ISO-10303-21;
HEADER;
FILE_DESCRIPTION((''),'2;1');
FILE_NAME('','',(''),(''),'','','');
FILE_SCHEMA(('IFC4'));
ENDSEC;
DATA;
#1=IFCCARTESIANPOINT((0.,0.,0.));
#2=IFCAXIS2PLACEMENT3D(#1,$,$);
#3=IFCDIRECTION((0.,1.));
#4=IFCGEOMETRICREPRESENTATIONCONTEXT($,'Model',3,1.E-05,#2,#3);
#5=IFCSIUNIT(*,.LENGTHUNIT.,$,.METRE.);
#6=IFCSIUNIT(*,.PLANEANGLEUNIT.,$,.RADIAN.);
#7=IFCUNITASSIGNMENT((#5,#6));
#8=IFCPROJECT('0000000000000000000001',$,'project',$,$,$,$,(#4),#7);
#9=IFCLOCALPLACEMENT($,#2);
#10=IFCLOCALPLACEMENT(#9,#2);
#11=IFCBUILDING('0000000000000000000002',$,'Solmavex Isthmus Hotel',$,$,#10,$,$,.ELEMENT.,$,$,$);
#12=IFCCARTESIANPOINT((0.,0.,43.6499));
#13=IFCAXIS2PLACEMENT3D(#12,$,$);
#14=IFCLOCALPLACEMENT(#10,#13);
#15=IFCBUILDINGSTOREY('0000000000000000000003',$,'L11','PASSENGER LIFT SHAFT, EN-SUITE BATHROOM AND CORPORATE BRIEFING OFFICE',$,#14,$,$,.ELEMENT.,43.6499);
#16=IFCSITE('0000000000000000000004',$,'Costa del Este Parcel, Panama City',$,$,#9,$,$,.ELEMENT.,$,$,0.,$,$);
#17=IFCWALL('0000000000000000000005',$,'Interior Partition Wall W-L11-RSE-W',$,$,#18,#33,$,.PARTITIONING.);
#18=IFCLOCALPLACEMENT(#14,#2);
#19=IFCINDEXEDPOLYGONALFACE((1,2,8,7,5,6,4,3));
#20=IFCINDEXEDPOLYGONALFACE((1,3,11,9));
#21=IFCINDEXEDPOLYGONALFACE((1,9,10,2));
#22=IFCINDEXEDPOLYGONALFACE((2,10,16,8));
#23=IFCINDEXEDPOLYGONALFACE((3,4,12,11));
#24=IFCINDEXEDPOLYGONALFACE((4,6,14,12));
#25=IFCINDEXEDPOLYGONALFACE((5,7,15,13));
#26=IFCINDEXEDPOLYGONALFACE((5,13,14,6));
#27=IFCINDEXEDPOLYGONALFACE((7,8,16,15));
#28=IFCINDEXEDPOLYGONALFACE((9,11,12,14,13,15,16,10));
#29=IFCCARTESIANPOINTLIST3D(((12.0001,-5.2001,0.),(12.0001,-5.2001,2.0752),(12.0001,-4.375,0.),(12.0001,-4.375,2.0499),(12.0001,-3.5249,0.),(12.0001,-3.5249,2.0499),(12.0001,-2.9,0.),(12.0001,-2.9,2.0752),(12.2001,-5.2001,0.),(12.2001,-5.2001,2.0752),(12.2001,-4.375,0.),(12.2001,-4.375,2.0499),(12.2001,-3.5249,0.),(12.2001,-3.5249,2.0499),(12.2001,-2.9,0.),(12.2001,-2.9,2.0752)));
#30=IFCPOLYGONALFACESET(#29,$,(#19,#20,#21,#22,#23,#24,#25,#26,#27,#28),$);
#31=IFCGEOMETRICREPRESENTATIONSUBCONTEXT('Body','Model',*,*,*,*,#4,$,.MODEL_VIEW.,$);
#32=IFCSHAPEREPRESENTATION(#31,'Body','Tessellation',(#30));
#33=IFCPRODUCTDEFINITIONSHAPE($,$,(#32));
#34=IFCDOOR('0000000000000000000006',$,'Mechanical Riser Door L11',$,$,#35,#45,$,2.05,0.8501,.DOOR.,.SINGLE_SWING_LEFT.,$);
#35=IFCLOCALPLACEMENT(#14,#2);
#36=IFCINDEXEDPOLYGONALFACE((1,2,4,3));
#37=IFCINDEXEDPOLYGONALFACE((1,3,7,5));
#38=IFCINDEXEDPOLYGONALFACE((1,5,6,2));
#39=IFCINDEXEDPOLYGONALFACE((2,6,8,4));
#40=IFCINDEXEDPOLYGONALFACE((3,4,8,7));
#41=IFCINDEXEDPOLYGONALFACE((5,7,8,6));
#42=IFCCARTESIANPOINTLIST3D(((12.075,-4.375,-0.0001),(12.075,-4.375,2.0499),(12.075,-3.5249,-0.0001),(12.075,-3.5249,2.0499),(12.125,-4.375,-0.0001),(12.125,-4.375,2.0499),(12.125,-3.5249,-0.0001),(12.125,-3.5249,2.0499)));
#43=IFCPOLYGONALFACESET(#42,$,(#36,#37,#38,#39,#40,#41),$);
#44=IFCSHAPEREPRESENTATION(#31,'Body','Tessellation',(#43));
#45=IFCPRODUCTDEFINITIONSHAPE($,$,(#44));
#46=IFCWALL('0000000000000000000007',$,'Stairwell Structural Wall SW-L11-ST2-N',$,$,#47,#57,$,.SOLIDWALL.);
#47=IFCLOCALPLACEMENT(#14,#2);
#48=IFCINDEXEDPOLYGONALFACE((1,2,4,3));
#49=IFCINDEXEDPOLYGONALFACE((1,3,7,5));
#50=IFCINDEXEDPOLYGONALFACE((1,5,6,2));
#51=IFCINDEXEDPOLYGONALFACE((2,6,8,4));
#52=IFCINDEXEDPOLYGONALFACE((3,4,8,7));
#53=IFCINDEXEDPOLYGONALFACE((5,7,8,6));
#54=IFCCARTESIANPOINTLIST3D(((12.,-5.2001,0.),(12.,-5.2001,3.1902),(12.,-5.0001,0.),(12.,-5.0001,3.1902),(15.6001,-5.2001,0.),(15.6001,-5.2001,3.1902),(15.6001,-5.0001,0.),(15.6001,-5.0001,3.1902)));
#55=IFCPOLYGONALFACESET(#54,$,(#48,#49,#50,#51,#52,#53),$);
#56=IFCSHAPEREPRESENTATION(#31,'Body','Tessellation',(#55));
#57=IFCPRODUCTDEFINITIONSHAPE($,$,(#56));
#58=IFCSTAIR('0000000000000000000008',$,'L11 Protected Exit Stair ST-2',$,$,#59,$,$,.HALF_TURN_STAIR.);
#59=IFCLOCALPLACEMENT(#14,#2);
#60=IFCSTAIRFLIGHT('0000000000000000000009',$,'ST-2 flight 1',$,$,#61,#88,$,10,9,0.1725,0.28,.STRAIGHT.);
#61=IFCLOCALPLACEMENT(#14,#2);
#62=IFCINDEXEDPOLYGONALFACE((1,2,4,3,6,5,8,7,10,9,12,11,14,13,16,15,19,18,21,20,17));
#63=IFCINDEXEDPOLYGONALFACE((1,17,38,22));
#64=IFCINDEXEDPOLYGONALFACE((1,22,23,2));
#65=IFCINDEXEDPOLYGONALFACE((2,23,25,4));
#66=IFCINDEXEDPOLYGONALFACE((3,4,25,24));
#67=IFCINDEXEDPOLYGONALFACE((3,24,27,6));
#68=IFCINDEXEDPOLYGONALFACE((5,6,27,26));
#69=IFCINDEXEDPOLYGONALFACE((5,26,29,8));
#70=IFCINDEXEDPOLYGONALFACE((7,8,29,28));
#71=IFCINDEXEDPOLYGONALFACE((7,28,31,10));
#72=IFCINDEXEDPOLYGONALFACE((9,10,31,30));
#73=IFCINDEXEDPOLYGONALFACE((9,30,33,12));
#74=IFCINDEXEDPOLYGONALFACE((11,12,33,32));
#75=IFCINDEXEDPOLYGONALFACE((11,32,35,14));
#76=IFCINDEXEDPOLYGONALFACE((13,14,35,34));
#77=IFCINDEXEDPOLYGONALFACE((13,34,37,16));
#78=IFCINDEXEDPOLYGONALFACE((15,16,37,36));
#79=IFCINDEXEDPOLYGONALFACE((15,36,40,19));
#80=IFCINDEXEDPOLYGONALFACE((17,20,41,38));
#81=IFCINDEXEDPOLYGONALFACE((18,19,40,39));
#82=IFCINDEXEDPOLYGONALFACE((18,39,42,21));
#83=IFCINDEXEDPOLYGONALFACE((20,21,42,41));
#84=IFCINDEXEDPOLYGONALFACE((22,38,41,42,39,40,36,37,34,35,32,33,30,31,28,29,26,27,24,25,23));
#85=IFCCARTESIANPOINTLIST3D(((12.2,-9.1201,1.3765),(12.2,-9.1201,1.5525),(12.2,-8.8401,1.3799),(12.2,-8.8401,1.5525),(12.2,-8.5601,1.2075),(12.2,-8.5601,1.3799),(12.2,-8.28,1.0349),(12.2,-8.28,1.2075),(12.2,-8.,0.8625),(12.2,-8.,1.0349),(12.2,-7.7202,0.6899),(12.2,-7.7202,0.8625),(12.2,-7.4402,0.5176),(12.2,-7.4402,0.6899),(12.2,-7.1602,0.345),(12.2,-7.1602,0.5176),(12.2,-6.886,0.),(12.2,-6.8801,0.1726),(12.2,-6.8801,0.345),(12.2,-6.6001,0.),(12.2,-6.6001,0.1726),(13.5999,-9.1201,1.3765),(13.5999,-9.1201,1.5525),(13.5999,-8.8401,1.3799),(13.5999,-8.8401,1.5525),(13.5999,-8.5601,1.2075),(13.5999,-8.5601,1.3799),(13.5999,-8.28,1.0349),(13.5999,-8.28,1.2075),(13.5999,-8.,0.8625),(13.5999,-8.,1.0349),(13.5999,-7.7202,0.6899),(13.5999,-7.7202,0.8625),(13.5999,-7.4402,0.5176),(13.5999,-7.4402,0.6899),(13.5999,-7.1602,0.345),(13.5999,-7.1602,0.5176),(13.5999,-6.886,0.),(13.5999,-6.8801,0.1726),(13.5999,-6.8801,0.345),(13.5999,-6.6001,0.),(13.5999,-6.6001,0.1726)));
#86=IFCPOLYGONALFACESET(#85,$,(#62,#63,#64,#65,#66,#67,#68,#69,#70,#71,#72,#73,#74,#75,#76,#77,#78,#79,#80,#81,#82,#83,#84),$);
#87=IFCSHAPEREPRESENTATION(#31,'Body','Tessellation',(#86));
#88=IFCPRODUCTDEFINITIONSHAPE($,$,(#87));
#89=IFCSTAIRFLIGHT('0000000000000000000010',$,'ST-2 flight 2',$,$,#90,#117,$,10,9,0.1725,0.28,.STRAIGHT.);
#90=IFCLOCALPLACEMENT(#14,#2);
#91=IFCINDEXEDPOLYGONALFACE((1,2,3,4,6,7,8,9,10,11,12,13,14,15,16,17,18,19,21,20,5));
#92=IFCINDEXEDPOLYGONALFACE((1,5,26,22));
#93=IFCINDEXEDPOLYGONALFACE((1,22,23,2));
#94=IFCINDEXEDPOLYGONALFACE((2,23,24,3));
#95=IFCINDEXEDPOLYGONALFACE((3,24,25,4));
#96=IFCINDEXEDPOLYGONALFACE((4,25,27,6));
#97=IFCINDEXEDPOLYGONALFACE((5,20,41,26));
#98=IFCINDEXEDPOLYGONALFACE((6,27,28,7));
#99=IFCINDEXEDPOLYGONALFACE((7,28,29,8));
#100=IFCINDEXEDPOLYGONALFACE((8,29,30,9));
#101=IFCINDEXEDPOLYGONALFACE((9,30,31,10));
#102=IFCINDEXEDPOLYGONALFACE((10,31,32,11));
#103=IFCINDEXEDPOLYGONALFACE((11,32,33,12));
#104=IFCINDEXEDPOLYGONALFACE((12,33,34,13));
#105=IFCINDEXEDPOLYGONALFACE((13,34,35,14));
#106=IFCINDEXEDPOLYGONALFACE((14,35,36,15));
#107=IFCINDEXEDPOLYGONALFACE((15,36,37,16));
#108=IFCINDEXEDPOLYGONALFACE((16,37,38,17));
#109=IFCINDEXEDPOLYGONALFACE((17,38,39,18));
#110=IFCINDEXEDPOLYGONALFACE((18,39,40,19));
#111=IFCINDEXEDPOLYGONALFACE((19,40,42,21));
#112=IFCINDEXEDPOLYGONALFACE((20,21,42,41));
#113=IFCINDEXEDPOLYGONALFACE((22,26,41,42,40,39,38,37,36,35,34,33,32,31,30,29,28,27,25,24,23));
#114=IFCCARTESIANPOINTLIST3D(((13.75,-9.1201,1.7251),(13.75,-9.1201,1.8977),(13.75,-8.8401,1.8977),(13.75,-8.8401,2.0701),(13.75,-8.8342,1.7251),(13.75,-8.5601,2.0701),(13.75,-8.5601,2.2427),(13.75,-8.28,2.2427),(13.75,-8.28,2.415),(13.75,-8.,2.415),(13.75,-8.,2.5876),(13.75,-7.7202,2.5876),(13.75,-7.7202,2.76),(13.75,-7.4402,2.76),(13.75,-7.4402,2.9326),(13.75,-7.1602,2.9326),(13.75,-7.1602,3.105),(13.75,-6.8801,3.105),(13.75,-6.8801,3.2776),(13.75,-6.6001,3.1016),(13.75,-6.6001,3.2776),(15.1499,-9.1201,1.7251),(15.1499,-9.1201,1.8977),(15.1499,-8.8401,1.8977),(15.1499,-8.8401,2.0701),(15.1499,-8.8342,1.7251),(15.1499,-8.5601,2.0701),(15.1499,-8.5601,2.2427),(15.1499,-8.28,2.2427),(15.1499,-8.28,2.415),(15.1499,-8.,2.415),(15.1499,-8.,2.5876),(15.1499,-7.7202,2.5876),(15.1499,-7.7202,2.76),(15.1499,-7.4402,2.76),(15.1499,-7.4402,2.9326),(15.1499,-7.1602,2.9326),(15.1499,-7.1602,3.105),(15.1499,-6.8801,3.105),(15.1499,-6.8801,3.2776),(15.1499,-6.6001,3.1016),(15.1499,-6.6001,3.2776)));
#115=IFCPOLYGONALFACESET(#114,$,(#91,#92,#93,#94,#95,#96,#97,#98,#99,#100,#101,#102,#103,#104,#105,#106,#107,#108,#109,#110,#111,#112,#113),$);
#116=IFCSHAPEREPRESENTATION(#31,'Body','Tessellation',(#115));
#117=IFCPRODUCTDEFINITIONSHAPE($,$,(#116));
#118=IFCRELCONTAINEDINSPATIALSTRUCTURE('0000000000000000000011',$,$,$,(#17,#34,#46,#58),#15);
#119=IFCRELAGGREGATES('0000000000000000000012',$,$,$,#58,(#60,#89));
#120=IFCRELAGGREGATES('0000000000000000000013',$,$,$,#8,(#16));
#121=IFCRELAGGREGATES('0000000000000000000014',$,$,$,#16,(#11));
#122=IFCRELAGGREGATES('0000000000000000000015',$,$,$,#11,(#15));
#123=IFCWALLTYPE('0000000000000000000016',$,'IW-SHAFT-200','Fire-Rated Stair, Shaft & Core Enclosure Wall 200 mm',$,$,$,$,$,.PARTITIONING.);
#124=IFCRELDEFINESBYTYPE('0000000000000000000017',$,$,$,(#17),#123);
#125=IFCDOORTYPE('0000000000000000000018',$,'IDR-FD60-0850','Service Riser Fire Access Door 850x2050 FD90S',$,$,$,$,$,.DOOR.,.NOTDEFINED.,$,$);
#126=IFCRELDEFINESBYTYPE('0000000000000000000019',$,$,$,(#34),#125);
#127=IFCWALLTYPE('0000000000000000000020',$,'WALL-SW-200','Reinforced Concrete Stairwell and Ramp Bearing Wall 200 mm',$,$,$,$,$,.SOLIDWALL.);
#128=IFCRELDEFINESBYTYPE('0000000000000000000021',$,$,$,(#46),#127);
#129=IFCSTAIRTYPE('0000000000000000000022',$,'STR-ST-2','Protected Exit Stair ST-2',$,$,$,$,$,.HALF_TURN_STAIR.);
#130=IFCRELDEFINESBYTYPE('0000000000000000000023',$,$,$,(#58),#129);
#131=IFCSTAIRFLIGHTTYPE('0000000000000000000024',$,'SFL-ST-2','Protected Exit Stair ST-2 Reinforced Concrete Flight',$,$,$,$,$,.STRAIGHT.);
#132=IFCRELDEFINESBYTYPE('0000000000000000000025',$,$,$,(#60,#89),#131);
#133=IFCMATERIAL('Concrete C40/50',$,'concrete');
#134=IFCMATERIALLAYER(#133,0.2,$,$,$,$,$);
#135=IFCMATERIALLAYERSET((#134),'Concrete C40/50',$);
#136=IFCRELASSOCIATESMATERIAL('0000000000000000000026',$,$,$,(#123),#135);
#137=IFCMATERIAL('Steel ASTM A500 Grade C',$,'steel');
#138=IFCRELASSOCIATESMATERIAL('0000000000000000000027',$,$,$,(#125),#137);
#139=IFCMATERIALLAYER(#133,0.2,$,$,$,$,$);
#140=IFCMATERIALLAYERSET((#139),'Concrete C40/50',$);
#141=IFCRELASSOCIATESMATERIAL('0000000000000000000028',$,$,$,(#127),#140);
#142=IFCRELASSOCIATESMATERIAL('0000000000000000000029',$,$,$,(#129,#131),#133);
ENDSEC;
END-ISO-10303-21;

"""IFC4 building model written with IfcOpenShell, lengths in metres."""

from ifc_helpers import new_model, si_unit, direction, frame, frame_2d, origin, place, context, subcontext, project, spatial, polyline, rectangle, outline, extrude, material, layer, layer_set, type_object, element, fill, aggregate, save


model = new_model("IFC4")

# Units and contexts
model_context = context("Model", 3, precision=1e-05, world=origin(), true_north=direction((0.0, 1.0)))
body_context = subcontext(model_context, "Body", "Model", "MODEL_VIEW")
ifc_project = project(units=[si_unit("LENGTHUNIT", "METRE"), si_unit("PLANEANGLEUNIT", "RADIAN")], contexts=[model_context])

# Site, building, storey
site_placement = place(None, origin())
site = spatial("IfcSite", under=ifc_project, at=site_placement, Name="Costa del Este Parcel, Panama City", CompositionType="ELEMENT", RefElevation=0.0)
building_placement = place(site_placement, origin())
building = spatial("IfcBuilding", under=site, at=building_placement, Name="Solmavex Isthmus Hotel", CompositionType="ELEMENT")
storey_placement = place(building_placement, frame((0.0, 0.0, 43.6499)))
storey = spatial("IfcBuildingStorey", under=building, at=storey_placement, Name="L11", Description="PASSENGER LIFT SHAFT, EN-SUITE BATHROOM AND CORPORATE BRIEFING OFFICE", CompositionType="ELEMENT", Elevation=43.6499)

# Wall, opening, door
ifc_material_1 = material(Name="Concrete C40/50", Category="concrete")
ifc_layer_1 = layer(ifc_material_1, 0.2)
ifc_layer_set_1 = layer_set([ifc_layer_1], Name="Concrete C40/50")
wall_type_1 = type_object("IfcWallType", Name="IW-SHAFT-200", Description="Fire-Rated Stair, Shaft & Core Enclosure Wall 200 mm", PredefinedType="PARTITIONING", material=ifc_layer_set_1)
wall_1_placement = place(storey_placement, frame((12.1001, -5.2, 0.0), z_axis=(0.0, 0.0, 1.0), x_axis=(0.0, 1.0, 0.0)))
wall_1 = element("IfcWall", 1, at=wall_1_placement, inside=storey, type_object=wall_type_1, Name="Interior Partition Wall W-L11-RSE-W", PredefinedType="PARTITIONING", context=body_context, shape_type="SweptSolid", body=[
    extrude(rectangle(XDim=2.3, YDim=0.2, at=frame_2d((1.1499, 0.0))), origin(), (0.0, 0.0, 1.0), 2.0752),
])
opening_1_placement = place(wall_1_placement, frame((0.825, 0.0, 0.0)))
opening_1 = element("IfcOpeningElement", 2, at=opening_1_placement, cuts=wall_1, PredefinedType="OPENING", context=body_context, shape_type="SweptSolid", body=[
    extrude(rectangle(XDim=0.8501, YDim=2.05, at=frame_2d((0.425, 1.0249))), frame((0.0, 0.1099, 0.0), z_axis=(0.0, -1.0, 0.0), x_axis=(1.0, 0.0, 0.0)), (0.0, 0.0, 1.0), 0.22),
])
ifc_material_2 = material(Name="Steel ASTM A500 Grade C", Category="steel")
door_type_1 = type_object("IfcDoorType", Name="IDR-FD60-0850", Description="Service Riser Fire Access Door 850x2050 FD90S", OperationType="NOTDEFINED", PredefinedType="DOOR", material=ifc_material_2)
door_1_placement = place(opening_1_placement, frame((0.8501, 0.0, 0.0), z_axis=(0.0, 0.0, 1.0), x_axis=(-1.0, 0.0, 0.0)))
door_1 = element("IfcDoor", 3, at=door_1_placement, inside=storey, type_object=door_type_1, Name="Mechanical Riser Door L11", OperationType="SINGLE_SWING_LEFT", OverallHeight=2.05, OverallWidth=0.8501, PredefinedType="DOOR", context=body_context, shape_type="SweptSolid", body=[
    extrude(rectangle(XDim=0.8501, YDim=2.05, at=frame_2d((0.425, 1.0249))), frame((0.0, 0.0249, 0.0), z_axis=(0.0, -1.0, 0.0), x_axis=(1.0, 0.0, 0.0)), (0.0, 0.0, 1.0), 0.05),
])
fill(opening_1, door_1)

# Wall
ifc_layer_2 = layer(ifc_material_1, 0.2)
ifc_layer_set_2 = layer_set([ifc_layer_2], Name="Concrete C40/50")
wall_type_2 = type_object("IfcWallType", Name="WALL-SW-200", Description="Reinforced Concrete Stairwell and Ramp Bearing Wall 200 mm", PredefinedType="SOLIDWALL", material=ifc_layer_set_2)
wall_2_placement = place(storey_placement, frame((12.0, -5.1001, 0.0), z_axis=(0.0, 0.0, 1.0), x_axis=(1.0, 0.0, 0.0)))
element("IfcWall", 4, at=wall_2_placement, inside=storey, type_object=wall_type_2, Name="Stairwell Structural Wall SW-L11-ST2-N", PredefinedType="SOLIDWALL", context=body_context, shape_type="SweptSolid", body=[
    extrude(rectangle(XDim=3.6001, YDim=0.2, at=frame_2d((1.8, 0.0))), origin(), (0.0, 0.0, 1.0), 3.1902),
])

# Stair, stair flights
stair_type = type_object("IfcStairType", Name="STR-ST-2", Description="Protected Exit Stair ST-2", PredefinedType="HALF_TURN_STAIR", material=ifc_material_1)
stair_placement = place(storey_placement, origin())
stair = element("IfcStair", 5, at=stair_placement, inside=storey, type_object=stair_type, Name="L11 Protected Exit Stair ST-2", PredefinedType="HALF_TURN_STAIR")
stair_flight_type = type_object("IfcStairFlightType", Name="SFL-ST-2", Description="Protected Exit Stair ST-2 Reinforced Concrete Flight", PredefinedType="STRAIGHT", material=ifc_material_1)
stair_flight_1_placement = place(storey_placement, frame((12.8999, -6.6001, 0.0), z_axis=(0.0, 0.0, 1.0), x_axis=(0.0, -1.0, 0.0)))
stair_flight_1 = element("IfcStairFlight", 6, at=stair_flight_1_placement, type_object=stair_flight_type, Name="ST-2 flight 1", NumberOfRisers=10, NumberOfTreads=9, PredefinedType="STRAIGHT", RiserHeight=0.1725, TreadLength=0.28, context=body_context, shape_type="SweptSolid", body=[
    extrude(outline(polyline([(0.0, 0.0), (0.0, 0.1726), (0.28, 0.1726), (0.28, 0.345), (0.5601, 0.345), (0.5601, 0.5176), (0.8401, 0.5176), (0.8401, 0.6899), (1.1201, 0.6899), (1.1201, 0.8625), (1.3999, 0.8625), (1.3999, 1.0349), (1.6799, 1.0349), (1.6799, 1.2075), (1.96, 1.2075), (1.96, 1.3799), (2.24, 1.3799), (2.24, 1.5525), (2.52, 1.5525), (2.52, 1.7251), (2.52, 1.3765), (0.2859, 0.0), (0.0, 0.0)])), frame((0.0, 0.7, 0.0), z_axis=(0.0, -1.0, 0.0), x_axis=(1.0, 0.0, 0.0)), (0.0, 0.0, 1.0), 1.3999),
])
stair_flight_2_placement = place(storey_placement, frame((14.45, -9.1201, 1.7251), z_axis=(0.0, 0.0, 1.0), x_axis=(0.0, 1.0, 0.0)))
stair_flight_2 = element("IfcStairFlight", 7, at=stair_flight_2_placement, type_object=stair_flight_type, Name="ST-2 flight 2", NumberOfRisers=10, NumberOfTreads=9, PredefinedType="STRAIGHT", RiserHeight=0.1725, TreadLength=0.28, context=body_context, shape_type="SweptSolid", body=[
    extrude(outline(polyline([(0.0, 0.0), (0.0, 0.1726), (0.28, 0.1726), (0.28, 0.345), (0.5601, 0.345), (0.5601, 0.5176), (0.8401, 0.5176), (0.8401, 0.6899), (1.1201, 0.6899), (1.1201, 0.8625), (1.3999, 0.8625), (1.3999, 1.0349), (1.6799, 1.0349), (1.6799, 1.2075), (1.96, 1.2075), (1.96, 1.3799), (2.24, 1.3799), (2.24, 1.5525), (2.52, 1.5525), (2.52, 1.7251), (2.52, 1.3765), (0.2859, 0.0), (0.0, 0.0)])), frame((0.0, 0.7, 0.0), z_axis=(0.0, -1.0, 0.0), x_axis=(1.0, 0.0, 0.0)), (0.0, 0.0, 1.0), 1.3999),
])
aggregate(stair, [stair_flight_1, stair_flight_2])

save(model, "model.ifc")
